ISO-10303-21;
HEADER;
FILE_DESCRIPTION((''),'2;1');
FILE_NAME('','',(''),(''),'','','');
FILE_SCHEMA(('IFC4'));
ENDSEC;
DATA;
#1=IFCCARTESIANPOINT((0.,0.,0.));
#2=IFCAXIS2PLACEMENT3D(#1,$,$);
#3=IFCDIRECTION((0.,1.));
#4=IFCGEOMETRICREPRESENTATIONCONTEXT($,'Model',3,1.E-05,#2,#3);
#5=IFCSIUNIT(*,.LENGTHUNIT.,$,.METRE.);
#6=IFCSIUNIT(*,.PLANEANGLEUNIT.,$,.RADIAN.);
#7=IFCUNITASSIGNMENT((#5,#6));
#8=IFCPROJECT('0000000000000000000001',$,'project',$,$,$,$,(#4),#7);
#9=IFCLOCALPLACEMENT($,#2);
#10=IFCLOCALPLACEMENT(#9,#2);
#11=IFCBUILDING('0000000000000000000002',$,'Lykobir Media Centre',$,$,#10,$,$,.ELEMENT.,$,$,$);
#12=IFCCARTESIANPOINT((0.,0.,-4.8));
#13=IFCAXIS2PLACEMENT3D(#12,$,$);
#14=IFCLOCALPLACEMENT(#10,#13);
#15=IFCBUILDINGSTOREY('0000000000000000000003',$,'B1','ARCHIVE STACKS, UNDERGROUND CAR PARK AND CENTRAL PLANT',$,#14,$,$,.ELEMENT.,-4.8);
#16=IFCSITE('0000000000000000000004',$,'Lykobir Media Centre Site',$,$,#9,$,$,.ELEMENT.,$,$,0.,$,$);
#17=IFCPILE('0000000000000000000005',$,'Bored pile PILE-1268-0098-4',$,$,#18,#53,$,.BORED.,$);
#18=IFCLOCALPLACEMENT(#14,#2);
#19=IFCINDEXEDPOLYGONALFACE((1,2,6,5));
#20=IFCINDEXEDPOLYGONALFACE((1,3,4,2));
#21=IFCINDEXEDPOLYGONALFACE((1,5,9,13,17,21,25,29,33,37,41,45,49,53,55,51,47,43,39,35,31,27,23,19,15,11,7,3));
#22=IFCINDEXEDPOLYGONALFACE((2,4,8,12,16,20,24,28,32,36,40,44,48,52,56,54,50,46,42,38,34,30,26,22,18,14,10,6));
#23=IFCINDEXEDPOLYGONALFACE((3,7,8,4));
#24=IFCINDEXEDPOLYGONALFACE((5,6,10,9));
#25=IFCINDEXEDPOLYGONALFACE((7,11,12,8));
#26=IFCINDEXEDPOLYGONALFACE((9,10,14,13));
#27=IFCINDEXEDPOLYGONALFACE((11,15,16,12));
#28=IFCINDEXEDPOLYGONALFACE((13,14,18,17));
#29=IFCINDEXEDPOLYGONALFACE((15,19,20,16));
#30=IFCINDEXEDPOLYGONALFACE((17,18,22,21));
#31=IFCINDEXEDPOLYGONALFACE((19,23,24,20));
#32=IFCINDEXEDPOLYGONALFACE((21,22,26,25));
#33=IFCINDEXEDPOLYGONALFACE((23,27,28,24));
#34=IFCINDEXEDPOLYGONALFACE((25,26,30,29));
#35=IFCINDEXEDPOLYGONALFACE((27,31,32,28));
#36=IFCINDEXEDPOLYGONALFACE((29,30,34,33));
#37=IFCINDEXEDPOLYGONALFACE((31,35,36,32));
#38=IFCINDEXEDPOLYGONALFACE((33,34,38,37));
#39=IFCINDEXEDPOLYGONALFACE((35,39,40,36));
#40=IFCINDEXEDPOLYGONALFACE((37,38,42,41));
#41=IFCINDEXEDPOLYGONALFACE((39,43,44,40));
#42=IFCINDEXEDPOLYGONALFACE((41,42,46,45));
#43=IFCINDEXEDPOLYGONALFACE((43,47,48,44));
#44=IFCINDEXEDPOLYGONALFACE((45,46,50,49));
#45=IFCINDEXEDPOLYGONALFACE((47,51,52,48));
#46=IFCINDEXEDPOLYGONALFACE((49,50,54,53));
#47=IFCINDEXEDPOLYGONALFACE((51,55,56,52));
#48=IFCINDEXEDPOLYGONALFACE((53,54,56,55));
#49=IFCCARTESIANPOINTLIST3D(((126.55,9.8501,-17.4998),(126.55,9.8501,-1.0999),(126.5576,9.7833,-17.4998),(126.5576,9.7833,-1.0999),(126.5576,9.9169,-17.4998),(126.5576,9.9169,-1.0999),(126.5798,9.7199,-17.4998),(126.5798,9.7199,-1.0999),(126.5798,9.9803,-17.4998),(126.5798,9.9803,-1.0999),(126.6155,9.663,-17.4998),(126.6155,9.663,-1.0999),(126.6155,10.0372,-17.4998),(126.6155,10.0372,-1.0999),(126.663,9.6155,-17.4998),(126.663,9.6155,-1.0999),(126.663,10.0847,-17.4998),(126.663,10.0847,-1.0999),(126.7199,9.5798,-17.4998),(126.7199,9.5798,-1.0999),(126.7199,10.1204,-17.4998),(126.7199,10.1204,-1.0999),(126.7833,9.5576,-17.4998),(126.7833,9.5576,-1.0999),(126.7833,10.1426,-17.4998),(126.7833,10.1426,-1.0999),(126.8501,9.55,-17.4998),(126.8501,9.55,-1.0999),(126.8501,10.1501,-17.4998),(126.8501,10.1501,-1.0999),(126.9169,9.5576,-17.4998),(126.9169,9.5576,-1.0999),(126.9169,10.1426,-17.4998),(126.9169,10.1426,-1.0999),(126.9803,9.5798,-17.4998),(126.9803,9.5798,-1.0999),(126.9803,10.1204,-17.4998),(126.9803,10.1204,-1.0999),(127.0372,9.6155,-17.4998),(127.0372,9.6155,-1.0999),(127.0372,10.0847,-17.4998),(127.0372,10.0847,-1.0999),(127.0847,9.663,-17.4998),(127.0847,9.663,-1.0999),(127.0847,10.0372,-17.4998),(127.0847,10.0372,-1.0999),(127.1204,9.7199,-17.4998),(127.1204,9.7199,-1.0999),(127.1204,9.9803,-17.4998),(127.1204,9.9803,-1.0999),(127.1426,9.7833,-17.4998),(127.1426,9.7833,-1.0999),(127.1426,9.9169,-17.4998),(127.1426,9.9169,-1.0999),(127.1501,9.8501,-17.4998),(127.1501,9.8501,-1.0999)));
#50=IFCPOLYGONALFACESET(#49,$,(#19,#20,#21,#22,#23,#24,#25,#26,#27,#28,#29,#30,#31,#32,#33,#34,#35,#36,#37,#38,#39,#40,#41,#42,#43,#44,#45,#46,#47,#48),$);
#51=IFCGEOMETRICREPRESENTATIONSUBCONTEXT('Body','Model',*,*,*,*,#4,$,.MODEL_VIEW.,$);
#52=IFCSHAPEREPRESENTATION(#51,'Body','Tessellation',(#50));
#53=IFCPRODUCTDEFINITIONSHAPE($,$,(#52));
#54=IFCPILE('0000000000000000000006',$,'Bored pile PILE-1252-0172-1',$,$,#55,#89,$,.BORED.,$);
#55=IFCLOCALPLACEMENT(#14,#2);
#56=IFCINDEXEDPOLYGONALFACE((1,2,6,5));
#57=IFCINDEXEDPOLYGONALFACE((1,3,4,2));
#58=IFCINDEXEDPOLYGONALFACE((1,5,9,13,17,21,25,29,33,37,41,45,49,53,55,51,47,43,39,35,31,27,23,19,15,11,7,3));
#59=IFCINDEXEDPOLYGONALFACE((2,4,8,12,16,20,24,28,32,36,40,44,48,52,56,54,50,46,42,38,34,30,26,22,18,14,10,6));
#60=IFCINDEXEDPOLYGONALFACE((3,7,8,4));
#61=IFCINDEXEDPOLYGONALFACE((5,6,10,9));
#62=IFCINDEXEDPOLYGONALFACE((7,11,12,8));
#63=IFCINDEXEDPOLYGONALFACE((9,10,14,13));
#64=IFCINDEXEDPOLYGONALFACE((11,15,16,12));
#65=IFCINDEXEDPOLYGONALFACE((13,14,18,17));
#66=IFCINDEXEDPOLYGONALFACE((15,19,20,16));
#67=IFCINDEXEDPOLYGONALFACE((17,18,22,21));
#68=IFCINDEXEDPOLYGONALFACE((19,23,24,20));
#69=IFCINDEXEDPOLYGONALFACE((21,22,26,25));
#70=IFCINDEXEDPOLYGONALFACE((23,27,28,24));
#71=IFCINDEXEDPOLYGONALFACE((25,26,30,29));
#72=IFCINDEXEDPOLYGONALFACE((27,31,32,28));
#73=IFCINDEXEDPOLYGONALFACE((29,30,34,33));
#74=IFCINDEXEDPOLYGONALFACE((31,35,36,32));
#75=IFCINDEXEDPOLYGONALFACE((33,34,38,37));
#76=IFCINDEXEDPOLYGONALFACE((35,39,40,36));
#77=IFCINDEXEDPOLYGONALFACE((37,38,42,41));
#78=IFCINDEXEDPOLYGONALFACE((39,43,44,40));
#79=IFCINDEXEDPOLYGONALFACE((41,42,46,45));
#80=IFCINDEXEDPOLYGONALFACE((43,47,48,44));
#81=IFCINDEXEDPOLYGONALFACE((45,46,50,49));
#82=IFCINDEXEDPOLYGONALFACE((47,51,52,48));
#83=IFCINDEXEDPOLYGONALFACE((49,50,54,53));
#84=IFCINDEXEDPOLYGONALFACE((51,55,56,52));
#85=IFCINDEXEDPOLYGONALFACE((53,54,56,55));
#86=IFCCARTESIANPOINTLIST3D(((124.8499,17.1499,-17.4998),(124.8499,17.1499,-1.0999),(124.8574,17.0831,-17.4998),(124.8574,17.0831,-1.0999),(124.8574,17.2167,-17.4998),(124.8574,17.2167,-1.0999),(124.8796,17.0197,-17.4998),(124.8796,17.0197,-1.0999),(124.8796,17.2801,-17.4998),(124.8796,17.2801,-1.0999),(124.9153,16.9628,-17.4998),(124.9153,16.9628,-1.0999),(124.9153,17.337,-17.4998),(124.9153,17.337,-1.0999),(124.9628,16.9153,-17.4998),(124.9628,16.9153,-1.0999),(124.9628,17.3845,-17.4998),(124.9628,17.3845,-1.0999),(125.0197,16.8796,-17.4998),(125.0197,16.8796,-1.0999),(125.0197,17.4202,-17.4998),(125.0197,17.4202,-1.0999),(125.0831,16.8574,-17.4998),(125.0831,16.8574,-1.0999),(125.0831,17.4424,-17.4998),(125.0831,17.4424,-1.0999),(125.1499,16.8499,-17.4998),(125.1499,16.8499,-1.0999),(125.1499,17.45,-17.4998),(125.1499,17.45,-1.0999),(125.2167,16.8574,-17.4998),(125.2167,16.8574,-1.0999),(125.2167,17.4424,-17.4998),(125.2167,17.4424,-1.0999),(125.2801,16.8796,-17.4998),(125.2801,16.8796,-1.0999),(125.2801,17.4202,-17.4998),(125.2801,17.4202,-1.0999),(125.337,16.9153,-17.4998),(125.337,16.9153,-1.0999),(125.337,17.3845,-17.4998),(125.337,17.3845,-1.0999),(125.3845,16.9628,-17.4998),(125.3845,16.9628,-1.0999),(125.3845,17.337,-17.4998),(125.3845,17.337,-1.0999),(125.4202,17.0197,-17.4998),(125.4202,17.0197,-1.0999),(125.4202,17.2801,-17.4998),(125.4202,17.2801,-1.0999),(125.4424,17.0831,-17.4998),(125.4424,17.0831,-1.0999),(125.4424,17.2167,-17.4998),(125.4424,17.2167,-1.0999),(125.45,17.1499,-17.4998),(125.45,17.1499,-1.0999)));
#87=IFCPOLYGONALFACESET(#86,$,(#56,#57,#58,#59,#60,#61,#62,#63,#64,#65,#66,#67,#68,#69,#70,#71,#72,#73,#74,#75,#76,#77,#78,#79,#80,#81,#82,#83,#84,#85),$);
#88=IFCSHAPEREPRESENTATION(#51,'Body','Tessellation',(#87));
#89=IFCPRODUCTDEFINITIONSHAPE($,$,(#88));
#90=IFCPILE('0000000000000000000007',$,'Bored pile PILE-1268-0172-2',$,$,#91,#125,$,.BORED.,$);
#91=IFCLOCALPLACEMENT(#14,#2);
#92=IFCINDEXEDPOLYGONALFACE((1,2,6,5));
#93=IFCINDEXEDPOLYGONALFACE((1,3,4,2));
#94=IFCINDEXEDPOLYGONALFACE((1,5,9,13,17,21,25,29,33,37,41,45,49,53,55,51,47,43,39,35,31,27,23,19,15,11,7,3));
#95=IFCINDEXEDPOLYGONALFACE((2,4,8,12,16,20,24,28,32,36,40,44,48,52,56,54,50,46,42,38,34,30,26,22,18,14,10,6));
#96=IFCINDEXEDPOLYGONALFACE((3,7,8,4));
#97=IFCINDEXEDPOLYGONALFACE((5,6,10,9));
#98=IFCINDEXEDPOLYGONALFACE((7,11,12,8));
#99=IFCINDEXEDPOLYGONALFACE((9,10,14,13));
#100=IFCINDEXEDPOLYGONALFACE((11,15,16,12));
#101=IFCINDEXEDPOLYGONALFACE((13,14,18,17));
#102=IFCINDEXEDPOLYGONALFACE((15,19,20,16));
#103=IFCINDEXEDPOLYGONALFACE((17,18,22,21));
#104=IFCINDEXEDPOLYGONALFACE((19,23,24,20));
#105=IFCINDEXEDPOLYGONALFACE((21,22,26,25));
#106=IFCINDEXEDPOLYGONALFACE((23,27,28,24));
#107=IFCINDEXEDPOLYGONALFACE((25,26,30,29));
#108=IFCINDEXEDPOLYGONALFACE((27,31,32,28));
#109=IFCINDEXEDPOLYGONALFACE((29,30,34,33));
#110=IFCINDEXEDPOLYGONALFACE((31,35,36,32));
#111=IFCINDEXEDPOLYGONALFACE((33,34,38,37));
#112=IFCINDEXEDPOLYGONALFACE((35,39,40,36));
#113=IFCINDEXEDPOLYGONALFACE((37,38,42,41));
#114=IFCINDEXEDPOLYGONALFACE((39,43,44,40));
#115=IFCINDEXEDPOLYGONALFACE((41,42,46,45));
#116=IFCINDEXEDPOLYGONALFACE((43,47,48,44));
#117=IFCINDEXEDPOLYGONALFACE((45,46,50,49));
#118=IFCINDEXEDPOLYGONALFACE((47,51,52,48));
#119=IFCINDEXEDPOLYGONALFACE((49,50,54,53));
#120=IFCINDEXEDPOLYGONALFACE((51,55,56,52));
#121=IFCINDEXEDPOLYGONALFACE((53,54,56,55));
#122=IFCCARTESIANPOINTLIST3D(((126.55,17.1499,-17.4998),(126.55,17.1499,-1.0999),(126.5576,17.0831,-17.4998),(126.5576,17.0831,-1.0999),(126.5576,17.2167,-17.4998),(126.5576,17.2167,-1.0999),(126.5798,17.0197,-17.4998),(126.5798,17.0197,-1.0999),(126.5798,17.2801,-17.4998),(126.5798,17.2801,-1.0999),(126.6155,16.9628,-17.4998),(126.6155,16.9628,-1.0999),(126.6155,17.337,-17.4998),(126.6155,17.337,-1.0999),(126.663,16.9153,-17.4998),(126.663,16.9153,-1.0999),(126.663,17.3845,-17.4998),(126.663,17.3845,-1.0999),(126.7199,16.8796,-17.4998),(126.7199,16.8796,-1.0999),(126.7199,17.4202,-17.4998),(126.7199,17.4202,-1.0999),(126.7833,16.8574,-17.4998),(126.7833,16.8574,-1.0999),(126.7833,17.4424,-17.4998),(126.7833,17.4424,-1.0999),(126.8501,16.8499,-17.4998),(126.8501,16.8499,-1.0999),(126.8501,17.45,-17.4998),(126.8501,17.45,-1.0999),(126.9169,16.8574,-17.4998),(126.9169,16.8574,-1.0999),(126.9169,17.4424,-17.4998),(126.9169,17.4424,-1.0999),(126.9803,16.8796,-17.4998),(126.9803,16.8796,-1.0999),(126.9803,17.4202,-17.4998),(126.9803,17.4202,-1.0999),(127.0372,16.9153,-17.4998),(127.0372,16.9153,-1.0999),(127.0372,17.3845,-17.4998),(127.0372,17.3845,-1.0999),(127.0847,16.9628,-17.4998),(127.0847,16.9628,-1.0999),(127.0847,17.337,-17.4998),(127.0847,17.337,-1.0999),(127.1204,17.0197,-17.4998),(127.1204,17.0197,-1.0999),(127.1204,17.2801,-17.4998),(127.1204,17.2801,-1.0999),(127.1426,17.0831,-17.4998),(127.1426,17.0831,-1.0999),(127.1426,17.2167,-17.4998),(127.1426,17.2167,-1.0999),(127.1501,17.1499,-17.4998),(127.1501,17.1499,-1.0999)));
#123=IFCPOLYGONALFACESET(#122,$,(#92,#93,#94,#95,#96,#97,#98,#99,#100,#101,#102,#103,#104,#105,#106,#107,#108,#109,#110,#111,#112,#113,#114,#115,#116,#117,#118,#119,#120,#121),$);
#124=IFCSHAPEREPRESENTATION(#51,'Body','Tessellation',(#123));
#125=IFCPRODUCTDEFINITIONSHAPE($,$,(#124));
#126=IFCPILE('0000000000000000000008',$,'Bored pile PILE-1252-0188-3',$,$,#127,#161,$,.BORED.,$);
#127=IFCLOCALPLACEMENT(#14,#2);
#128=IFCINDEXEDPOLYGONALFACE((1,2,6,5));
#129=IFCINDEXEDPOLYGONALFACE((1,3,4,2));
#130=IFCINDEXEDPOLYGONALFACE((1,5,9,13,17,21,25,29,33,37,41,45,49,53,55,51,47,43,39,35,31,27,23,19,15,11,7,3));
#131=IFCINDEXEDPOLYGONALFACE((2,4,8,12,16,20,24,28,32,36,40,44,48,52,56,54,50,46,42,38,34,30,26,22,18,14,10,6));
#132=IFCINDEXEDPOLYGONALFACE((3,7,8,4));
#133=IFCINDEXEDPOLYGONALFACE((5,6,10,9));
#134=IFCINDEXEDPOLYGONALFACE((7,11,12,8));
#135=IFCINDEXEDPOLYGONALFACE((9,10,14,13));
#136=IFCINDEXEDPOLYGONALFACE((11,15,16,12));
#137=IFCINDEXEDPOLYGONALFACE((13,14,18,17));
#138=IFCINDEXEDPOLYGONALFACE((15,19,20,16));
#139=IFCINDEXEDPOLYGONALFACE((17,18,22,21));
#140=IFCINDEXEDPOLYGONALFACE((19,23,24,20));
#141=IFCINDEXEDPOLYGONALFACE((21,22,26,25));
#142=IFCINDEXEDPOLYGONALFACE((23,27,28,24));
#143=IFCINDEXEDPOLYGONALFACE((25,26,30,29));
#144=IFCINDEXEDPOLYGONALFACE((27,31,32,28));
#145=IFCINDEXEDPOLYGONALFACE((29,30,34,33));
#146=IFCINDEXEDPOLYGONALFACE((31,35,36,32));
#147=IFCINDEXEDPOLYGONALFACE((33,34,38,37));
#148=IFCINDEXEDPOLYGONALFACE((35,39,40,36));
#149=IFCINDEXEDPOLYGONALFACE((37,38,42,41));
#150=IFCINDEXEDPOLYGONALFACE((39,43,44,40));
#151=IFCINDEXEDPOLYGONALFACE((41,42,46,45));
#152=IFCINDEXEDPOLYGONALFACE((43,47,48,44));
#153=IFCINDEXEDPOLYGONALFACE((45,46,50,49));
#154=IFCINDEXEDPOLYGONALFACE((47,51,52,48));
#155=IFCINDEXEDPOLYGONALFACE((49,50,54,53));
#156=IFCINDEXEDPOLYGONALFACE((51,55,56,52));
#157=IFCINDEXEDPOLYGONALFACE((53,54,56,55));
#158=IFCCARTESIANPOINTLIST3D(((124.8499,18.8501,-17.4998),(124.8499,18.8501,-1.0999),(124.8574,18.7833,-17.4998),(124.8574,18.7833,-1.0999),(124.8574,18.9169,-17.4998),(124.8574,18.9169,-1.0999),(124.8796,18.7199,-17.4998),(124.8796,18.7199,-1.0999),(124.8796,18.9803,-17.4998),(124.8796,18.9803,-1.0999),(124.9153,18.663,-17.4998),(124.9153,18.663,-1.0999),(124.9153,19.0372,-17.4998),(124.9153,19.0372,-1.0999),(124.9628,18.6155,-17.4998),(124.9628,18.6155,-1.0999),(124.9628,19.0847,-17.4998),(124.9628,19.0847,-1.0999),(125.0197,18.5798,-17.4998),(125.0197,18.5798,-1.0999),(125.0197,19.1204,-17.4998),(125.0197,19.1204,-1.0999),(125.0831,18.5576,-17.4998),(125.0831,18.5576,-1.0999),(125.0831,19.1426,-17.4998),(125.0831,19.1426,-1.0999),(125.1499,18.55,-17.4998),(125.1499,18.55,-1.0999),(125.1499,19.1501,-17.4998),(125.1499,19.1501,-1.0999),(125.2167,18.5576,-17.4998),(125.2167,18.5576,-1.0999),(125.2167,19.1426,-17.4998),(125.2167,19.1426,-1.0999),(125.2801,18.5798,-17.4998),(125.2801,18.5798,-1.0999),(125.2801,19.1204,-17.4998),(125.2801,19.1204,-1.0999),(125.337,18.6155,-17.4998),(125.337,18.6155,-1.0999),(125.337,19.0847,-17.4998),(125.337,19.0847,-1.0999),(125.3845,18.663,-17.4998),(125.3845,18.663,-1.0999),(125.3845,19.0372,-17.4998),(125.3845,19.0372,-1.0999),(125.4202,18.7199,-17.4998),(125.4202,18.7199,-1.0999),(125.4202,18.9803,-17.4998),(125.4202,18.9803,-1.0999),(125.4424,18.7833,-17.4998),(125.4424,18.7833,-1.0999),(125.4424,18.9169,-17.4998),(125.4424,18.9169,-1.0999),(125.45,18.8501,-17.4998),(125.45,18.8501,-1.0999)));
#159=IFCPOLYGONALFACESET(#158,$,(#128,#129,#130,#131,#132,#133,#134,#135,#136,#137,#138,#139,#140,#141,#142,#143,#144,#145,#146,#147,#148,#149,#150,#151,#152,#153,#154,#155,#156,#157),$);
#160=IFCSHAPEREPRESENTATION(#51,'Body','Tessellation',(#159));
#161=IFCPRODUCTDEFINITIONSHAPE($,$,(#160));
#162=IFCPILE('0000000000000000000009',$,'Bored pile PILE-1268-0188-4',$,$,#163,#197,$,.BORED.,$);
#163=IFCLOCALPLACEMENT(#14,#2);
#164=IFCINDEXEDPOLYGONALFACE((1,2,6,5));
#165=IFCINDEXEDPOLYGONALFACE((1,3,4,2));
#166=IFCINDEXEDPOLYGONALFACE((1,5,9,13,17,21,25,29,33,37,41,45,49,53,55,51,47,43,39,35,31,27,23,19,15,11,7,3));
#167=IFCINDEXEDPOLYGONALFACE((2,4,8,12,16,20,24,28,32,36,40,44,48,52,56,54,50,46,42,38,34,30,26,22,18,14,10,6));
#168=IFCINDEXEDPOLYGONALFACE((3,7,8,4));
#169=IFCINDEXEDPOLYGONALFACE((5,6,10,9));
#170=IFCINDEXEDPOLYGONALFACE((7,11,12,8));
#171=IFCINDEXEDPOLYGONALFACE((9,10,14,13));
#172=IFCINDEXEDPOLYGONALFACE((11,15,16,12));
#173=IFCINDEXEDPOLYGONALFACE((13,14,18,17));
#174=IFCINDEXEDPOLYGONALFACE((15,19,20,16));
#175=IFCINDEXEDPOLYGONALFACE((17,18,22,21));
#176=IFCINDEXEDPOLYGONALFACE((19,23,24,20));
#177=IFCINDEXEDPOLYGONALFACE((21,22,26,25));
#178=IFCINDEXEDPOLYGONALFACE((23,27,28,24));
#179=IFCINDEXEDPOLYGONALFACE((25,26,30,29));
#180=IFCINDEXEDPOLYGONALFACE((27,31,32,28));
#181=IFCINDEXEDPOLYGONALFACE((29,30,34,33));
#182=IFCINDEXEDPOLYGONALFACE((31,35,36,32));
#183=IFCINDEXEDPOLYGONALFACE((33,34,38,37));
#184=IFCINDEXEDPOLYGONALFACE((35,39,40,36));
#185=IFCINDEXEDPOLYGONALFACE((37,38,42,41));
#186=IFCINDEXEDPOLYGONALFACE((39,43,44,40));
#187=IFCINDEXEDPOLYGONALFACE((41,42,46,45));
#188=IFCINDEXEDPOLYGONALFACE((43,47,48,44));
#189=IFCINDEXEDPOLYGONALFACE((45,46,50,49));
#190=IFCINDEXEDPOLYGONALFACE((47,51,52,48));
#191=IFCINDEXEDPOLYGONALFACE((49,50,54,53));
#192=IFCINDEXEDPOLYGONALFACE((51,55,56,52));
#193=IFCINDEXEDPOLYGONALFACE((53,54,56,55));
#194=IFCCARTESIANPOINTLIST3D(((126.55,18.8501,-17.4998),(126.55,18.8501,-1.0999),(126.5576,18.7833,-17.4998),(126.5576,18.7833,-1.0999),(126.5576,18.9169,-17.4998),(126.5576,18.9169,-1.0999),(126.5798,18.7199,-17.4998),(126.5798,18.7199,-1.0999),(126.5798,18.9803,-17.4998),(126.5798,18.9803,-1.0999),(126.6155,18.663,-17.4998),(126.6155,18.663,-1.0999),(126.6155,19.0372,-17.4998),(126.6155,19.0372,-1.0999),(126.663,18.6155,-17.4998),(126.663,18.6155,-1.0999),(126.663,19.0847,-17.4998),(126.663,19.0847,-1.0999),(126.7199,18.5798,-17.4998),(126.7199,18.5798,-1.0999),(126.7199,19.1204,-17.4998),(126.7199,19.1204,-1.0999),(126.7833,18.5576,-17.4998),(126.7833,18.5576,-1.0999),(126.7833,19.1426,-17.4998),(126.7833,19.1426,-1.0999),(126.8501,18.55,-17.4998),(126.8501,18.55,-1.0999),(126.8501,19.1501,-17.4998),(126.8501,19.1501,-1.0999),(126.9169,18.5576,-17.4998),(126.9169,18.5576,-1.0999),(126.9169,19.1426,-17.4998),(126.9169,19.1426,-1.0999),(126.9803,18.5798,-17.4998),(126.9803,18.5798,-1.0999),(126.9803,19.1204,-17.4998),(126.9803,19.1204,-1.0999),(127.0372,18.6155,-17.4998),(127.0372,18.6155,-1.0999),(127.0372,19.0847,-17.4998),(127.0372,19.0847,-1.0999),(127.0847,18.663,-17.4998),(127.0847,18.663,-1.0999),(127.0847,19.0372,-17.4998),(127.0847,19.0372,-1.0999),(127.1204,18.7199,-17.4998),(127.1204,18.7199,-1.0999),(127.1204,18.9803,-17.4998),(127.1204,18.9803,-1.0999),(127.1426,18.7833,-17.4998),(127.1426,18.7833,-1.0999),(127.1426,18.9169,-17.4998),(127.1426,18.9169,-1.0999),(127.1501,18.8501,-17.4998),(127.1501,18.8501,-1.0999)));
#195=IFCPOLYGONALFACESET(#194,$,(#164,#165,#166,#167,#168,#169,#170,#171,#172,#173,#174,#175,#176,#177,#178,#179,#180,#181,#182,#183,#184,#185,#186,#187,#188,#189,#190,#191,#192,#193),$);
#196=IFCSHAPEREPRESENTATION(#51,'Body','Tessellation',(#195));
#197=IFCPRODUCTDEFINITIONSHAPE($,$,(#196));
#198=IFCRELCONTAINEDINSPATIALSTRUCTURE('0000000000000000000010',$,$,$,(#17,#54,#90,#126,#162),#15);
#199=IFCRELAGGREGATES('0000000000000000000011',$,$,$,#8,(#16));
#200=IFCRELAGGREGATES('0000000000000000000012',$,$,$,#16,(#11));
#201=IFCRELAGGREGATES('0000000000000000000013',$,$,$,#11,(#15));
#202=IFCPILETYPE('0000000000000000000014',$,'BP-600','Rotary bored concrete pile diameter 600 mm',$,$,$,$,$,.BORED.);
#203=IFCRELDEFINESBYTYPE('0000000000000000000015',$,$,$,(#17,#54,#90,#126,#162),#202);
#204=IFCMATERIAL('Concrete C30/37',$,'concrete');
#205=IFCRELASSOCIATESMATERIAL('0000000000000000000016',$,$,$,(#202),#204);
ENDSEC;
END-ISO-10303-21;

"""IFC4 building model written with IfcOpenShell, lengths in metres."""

from ifc_helpers import new_model, si_unit, direction, frame, origin, origin_2d, place, context, subcontext, project, spatial, circle, extrude, material, material_profile, profile_set, type_object, element, save


model = new_model("IFC4")

# Units and contexts
model_context = context("Model", 3, precision=1e-05, world=origin(), true_north=direction((0.0, 1.0)))
body_context = subcontext(model_context, "Body", "Model", "MODEL_VIEW")
ifc_project = project(units=[si_unit("LENGTHUNIT", "METRE"), si_unit("PLANEANGLEUNIT", "RADIAN")], contexts=[model_context])

# Site, building, storey
site_placement = place(None, origin())
site = spatial("IfcSite", under=ifc_project, at=site_placement, Name="Lykobir Media Centre Site", CompositionType="ELEMENT", RefElevation=0.0)
building_placement = place(site_placement, origin())
building = spatial("IfcBuilding", under=site, at=building_placement, Name="Lykobir Media Centre", CompositionType="ELEMENT")
storey_placement = place(building_placement, frame((0.0, 0.0, -4.8)))
storey = spatial("IfcBuildingStorey", under=building, at=storey_placement, Name="B1", Description="ARCHIVE STACKS, UNDERGROUND CAR PARK AND CENTRAL PLANT", CompositionType="ELEMENT", Elevation=-4.8)

# Piles
ifc_material_1 = material(Name="Concrete C30/37", Category="concrete")
ifc_material_profile_1 = material_profile(ifc_material_1, circle(Radius=0.3, at=origin_2d()), Name="BORED PILE D600")
ifc_profile_set_1 = profile_set([ifc_material_profile_1], Name="Concrete C30/37")
pile_type = type_object("IfcPileType", Name="BP-600", Description="Rotary bored concrete pile diameter 600 mm", PredefinedType="BORED", material=ifc_profile_set_1)
for number, where, z_axis, x_axis, name in (
    (1, (126.8501, 9.8501, -1.0999), (0.0, 0.0, -1.0), (1.0, 0.0, 0.0), "Bored pile PILE-1268-0098-4"),
    (2, (125.1499, 17.1499, -1.0999), (0.0, 0.0, -1.0), (1.0, 0.0, 0.0), "Bored pile PILE-1252-0172-1"),
    (3, (126.8501, 17.1499, -1.0999), (0.0, 0.0, -1.0), (1.0, 0.0, 0.0), "Bored pile PILE-1268-0172-2"),
    (4, (125.1499, 18.8501, -1.0999), (0.0, 0.0, -1.0), (1.0, 0.0, 0.0), "Bored pile PILE-1252-0188-3"),
    (5, (126.8501, 18.8501, -1.0999), (0.0, 0.0, -1.0), (1.0, 0.0, 0.0), "Bored pile PILE-1268-0188-4"),
):
    element("IfcPile", number, at=place(storey_placement, frame(where, z_axis=z_axis, x_axis=x_axis)), inside=storey, type_object=pile_type, Name=name, PredefinedType="BORED", context=body_context, shape_type="SweptSolid", body=[
        extrude(circle(Radius=0.3, at=origin_2d()), origin(), (0.0, 0.0, 1.0), 16.3999),
    ])

save(model, "model.ifc")
